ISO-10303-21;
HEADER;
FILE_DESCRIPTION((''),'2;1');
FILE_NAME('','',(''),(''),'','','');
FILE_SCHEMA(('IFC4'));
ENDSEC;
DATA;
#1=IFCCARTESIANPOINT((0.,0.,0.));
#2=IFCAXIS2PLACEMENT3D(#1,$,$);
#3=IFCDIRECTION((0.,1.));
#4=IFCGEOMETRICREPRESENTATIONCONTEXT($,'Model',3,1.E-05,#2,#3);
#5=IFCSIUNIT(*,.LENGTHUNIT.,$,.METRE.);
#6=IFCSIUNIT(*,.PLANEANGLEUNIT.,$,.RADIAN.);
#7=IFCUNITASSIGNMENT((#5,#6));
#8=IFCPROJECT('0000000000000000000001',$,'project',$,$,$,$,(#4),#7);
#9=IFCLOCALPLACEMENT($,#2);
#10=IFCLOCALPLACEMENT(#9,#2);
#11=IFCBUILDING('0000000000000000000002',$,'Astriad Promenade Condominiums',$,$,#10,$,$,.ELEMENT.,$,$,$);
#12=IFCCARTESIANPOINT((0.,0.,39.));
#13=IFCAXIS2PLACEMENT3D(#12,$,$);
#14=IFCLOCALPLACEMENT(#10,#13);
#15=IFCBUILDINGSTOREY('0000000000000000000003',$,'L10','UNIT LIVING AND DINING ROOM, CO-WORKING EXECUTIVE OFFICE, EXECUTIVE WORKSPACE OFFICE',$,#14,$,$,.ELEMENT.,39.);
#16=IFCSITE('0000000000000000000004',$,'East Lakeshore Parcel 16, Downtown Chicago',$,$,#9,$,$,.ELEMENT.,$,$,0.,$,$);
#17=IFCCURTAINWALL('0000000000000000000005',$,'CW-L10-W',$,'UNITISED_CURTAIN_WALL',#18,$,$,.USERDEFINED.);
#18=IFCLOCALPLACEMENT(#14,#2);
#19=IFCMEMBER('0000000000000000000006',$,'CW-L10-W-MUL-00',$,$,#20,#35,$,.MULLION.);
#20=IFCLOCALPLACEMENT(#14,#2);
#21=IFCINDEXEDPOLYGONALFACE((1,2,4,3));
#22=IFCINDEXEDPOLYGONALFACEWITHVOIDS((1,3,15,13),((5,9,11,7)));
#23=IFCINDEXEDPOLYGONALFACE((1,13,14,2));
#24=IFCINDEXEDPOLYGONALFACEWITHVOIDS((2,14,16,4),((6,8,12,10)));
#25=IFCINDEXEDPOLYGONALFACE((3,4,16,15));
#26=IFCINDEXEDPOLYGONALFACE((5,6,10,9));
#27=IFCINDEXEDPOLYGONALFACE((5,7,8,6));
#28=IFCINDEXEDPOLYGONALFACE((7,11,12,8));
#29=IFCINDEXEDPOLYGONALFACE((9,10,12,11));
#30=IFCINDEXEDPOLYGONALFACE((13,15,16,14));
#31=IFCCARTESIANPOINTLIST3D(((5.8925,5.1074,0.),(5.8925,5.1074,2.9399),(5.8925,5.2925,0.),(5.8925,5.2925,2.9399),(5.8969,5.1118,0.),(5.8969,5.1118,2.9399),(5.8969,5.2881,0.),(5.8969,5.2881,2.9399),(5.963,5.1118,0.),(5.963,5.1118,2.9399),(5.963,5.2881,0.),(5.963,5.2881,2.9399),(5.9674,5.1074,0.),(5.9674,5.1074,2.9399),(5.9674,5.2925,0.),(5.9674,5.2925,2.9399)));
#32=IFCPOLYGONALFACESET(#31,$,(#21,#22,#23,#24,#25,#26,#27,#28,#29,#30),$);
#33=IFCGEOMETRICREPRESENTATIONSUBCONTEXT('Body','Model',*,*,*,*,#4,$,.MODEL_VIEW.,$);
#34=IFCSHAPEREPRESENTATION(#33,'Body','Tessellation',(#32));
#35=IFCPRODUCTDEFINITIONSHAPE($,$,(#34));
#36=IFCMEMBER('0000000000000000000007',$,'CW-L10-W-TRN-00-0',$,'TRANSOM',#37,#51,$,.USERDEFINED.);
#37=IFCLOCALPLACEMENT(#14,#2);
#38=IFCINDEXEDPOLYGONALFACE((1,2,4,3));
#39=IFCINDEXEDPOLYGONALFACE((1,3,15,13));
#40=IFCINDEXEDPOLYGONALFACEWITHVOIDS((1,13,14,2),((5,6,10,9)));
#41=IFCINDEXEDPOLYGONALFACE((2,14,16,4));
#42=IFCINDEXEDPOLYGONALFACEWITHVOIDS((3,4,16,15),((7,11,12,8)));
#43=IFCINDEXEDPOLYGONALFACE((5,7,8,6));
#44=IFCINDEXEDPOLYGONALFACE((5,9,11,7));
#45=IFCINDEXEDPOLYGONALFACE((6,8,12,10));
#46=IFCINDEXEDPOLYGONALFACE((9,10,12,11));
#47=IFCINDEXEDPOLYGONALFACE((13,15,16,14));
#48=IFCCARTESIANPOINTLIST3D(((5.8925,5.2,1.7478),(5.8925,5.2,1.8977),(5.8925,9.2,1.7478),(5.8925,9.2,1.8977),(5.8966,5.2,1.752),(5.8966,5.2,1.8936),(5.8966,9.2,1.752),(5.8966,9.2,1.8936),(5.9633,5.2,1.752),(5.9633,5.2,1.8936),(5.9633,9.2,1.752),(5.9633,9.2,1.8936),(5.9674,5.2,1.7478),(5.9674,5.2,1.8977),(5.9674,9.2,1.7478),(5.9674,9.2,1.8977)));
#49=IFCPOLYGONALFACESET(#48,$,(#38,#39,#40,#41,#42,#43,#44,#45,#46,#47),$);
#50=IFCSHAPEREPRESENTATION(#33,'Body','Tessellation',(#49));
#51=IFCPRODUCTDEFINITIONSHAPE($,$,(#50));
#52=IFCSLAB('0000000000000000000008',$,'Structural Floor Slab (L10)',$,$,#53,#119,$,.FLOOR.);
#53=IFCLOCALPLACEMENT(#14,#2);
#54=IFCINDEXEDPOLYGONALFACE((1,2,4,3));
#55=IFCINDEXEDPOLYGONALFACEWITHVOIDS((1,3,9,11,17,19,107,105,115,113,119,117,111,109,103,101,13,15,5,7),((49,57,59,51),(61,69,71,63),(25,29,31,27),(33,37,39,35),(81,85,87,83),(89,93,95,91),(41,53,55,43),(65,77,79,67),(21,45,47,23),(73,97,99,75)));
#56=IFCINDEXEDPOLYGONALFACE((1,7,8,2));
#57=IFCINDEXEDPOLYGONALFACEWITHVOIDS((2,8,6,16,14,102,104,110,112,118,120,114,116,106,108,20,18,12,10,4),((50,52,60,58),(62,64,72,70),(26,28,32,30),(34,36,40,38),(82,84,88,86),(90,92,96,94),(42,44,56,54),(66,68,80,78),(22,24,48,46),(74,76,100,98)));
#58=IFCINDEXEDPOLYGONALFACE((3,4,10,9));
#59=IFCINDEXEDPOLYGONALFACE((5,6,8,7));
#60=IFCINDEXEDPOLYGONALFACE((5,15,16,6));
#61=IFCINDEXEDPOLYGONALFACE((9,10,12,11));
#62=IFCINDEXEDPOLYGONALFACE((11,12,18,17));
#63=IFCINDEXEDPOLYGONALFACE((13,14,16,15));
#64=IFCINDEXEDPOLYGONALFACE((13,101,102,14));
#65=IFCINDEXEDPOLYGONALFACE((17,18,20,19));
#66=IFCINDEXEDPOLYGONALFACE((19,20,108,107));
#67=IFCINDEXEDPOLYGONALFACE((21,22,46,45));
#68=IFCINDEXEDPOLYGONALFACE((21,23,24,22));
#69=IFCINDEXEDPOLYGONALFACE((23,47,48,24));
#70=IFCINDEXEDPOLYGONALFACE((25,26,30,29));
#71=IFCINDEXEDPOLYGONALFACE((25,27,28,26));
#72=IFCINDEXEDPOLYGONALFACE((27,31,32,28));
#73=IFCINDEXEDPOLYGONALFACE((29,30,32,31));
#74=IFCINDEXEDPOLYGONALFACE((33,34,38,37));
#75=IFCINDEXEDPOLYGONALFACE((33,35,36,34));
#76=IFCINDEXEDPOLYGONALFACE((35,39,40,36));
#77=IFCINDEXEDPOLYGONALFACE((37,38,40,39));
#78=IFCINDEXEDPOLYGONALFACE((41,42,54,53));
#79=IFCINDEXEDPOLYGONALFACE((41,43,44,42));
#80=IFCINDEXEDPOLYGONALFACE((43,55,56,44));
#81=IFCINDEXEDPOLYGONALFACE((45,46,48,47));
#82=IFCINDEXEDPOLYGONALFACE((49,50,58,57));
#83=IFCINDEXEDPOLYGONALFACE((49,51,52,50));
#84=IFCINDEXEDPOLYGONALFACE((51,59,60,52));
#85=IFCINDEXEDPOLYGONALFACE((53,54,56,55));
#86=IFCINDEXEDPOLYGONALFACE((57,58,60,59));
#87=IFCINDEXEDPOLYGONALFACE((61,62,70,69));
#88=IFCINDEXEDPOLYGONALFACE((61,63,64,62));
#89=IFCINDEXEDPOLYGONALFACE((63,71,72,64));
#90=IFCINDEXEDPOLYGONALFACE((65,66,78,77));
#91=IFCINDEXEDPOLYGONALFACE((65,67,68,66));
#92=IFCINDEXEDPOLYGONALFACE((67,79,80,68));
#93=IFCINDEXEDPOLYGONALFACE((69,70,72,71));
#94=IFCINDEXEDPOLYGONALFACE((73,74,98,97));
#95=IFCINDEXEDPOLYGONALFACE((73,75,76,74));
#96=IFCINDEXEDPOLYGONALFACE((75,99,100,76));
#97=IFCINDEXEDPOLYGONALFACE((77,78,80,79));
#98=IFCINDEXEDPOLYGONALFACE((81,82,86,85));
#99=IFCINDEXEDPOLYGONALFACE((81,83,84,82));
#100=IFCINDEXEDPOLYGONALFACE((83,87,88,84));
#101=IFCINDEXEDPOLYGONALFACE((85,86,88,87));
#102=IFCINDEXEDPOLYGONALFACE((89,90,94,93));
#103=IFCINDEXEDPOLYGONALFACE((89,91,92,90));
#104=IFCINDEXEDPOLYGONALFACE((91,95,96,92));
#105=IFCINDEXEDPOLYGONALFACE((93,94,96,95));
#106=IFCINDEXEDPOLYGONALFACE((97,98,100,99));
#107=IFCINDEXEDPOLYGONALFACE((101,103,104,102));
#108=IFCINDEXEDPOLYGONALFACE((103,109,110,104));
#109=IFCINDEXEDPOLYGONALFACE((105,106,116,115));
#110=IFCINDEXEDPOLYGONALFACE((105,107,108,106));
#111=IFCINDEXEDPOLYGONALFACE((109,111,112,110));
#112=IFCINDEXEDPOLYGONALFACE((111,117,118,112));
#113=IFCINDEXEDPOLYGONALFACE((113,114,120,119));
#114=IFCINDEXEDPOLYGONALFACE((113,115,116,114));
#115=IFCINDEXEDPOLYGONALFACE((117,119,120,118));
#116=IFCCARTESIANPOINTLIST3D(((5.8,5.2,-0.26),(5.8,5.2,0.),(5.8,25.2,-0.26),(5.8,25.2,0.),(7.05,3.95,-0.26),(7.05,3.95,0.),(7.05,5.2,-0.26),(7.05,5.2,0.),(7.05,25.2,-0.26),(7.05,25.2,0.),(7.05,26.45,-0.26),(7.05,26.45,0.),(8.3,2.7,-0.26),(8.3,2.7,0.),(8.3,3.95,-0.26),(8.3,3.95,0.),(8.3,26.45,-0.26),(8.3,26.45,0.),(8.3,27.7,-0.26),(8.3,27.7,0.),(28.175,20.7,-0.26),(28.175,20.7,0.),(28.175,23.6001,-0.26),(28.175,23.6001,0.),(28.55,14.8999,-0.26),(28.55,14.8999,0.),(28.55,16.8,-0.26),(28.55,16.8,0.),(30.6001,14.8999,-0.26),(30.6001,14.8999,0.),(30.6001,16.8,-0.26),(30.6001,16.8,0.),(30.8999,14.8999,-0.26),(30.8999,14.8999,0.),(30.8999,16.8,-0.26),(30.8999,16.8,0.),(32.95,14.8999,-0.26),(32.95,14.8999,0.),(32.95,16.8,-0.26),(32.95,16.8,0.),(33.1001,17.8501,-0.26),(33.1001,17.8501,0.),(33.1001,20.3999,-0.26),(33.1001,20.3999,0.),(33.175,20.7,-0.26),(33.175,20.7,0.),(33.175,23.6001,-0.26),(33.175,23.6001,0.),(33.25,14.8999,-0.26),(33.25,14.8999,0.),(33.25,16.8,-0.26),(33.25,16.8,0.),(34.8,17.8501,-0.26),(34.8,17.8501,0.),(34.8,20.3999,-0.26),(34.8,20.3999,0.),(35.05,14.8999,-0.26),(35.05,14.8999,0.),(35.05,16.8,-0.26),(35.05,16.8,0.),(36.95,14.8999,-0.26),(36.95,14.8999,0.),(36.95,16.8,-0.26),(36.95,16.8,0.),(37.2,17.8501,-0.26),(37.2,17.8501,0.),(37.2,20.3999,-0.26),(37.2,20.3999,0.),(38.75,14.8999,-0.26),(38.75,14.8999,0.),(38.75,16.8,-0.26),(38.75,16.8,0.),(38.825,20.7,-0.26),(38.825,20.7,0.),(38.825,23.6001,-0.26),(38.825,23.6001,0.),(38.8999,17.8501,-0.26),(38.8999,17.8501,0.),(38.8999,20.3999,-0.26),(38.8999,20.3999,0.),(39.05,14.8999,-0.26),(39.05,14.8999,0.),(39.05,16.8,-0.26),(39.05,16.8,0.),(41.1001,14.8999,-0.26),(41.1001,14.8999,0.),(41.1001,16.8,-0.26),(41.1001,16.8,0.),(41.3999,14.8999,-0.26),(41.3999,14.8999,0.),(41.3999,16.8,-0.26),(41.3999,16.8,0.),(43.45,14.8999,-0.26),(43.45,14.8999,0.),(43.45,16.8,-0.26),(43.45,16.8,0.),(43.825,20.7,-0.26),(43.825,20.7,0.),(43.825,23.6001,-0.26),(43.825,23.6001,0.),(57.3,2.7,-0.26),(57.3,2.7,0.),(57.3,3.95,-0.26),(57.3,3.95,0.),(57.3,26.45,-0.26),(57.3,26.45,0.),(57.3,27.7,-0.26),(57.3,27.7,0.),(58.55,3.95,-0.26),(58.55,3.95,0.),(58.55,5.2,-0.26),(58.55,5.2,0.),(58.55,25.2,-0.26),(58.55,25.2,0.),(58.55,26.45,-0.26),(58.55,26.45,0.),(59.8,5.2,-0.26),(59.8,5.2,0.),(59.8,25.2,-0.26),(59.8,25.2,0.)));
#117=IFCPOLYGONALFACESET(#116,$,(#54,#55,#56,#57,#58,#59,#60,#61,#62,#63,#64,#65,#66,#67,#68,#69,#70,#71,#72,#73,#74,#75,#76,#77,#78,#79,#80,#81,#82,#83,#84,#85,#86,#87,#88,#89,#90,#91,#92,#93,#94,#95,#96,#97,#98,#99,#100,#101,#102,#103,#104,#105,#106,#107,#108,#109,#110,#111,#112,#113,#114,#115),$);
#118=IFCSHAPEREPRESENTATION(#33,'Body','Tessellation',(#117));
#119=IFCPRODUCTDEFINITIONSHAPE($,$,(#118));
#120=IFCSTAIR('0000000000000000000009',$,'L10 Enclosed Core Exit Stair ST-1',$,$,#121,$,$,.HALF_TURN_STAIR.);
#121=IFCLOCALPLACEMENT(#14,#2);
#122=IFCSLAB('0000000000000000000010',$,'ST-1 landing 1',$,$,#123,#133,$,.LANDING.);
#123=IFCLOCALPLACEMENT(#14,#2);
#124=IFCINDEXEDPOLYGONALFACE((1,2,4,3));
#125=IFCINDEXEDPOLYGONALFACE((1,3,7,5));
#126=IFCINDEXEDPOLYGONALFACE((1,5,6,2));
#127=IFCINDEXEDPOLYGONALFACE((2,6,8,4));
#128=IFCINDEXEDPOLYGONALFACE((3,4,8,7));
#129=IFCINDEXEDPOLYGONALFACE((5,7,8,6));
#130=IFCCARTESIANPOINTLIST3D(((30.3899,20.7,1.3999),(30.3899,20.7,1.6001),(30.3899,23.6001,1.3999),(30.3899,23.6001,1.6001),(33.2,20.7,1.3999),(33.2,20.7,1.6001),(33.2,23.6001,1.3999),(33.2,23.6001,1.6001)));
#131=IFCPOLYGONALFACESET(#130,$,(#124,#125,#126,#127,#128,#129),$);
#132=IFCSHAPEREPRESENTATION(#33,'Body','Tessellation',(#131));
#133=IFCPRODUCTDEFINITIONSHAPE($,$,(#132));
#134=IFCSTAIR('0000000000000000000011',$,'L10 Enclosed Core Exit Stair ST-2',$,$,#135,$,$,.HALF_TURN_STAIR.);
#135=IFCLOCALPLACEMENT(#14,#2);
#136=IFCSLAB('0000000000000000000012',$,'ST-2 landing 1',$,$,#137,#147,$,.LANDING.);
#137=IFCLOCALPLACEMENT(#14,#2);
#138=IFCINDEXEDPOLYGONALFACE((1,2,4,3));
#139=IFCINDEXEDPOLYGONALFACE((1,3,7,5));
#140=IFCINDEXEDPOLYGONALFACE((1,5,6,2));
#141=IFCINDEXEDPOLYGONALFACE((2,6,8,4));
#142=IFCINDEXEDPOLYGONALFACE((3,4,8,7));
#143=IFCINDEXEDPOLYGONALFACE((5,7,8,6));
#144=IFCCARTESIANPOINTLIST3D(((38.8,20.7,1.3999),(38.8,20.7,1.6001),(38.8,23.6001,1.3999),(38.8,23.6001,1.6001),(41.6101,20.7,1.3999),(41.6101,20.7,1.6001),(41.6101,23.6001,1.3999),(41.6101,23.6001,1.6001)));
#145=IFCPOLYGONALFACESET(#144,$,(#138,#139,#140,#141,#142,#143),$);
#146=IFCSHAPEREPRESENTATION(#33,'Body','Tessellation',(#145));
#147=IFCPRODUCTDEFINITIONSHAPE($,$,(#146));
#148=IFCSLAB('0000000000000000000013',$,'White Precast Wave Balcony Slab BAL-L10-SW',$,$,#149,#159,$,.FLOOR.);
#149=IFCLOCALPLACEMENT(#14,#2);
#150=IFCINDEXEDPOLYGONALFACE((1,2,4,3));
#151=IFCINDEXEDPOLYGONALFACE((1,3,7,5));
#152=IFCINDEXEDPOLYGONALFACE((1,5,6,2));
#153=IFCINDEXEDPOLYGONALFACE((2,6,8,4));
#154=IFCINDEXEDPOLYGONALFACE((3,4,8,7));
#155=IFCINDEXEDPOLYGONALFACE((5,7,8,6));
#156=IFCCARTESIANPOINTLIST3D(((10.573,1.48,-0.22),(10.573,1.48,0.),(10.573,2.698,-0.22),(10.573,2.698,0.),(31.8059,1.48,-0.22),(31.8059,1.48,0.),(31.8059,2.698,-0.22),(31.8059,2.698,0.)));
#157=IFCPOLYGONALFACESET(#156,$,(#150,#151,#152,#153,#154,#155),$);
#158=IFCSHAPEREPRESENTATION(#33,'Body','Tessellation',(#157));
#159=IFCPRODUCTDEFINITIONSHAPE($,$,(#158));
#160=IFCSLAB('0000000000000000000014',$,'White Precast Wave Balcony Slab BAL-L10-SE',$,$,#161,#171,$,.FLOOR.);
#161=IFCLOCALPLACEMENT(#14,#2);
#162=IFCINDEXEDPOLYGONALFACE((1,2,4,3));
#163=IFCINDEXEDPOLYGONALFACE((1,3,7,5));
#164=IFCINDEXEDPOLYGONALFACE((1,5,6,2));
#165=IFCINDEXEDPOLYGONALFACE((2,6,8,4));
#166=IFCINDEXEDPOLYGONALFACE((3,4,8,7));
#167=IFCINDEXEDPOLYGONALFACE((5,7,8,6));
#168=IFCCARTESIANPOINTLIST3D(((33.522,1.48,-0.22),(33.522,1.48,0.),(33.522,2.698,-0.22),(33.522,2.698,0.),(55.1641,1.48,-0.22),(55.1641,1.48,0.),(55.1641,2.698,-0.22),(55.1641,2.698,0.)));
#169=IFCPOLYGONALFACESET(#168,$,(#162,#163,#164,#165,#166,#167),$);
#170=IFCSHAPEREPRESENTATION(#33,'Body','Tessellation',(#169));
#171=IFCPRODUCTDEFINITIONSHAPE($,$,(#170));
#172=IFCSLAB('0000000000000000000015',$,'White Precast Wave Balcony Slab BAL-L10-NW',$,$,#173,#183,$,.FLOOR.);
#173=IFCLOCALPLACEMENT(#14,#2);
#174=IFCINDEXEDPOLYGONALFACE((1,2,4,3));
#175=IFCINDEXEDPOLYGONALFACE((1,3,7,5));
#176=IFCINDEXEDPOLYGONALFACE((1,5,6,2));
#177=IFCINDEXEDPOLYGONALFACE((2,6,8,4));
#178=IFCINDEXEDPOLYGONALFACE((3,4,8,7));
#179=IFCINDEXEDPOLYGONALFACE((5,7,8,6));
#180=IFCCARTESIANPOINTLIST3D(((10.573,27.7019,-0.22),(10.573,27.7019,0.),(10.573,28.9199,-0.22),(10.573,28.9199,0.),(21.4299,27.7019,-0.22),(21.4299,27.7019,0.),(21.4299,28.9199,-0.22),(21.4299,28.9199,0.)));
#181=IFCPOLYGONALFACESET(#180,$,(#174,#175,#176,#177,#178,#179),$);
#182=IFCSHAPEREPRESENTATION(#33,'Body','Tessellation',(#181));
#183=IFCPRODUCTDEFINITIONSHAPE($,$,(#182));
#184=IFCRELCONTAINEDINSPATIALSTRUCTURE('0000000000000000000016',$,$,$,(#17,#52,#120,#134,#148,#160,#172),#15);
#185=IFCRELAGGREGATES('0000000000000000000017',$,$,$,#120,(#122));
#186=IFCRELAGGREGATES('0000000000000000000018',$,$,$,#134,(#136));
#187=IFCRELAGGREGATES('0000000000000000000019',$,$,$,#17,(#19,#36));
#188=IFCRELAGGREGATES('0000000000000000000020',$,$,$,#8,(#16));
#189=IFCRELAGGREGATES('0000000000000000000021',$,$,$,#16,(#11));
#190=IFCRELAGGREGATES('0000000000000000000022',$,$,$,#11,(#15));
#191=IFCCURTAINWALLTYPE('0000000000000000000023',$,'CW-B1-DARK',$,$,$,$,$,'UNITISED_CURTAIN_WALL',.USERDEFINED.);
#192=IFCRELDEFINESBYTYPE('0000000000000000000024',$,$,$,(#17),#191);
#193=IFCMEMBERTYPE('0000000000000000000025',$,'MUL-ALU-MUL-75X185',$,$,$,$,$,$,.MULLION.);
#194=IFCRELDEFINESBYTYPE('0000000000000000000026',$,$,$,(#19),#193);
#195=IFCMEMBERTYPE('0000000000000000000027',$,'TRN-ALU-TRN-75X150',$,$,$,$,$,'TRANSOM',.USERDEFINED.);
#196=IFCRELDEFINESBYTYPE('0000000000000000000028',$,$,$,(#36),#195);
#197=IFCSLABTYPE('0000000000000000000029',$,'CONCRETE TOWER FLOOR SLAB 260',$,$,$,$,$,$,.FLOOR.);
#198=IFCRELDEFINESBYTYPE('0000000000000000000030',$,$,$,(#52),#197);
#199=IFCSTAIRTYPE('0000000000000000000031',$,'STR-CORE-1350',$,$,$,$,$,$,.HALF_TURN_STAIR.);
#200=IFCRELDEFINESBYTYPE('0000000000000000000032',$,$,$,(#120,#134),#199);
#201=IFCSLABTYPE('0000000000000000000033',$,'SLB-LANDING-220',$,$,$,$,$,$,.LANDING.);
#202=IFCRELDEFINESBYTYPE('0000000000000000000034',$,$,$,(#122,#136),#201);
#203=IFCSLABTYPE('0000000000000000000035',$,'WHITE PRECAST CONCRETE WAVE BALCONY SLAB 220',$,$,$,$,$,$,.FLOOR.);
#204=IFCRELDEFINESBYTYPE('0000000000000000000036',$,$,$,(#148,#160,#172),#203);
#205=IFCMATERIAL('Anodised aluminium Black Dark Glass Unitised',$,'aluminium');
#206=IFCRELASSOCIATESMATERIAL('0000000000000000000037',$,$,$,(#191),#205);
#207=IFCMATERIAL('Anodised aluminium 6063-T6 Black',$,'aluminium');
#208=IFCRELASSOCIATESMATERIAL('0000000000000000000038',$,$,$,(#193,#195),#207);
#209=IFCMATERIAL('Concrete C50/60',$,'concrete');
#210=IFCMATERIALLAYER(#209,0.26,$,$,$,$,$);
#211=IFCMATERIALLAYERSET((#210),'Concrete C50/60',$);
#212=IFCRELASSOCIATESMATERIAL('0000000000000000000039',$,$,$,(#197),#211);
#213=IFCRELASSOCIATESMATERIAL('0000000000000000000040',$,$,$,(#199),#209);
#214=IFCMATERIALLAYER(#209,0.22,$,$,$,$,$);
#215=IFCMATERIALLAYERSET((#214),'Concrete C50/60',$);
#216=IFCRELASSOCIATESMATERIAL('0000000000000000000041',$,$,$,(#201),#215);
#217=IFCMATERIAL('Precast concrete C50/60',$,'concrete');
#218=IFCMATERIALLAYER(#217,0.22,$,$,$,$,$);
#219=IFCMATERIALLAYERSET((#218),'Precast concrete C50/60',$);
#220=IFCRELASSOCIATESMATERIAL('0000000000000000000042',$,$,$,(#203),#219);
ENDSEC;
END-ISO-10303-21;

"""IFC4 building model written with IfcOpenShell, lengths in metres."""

from ifc_helpers import new_model, si_unit, direction, frame, origin, origin_2d, place, context, subcontext, project, spatial, polyline, hollow_rectangle, outline, extrude, source, transform, mapped, material, layer, layer_set, material_profile, profile_set, type_object, type_shapes, element, aggregate, save


model = new_model("IFC4")

# Units and contexts
model_context = context("Model", 3, precision=1e-05, world=origin(), true_north=direction((0.0, 1.0)))
body_context = subcontext(model_context, "Body", "Model", "MODEL_VIEW")
ifc_project = project(units=[si_unit("LENGTHUNIT", "METRE"), si_unit("PLANEANGLEUNIT", "RADIAN")], contexts=[model_context])

# Site, building, storey
site_placement = place(None, origin())
site = spatial("IfcSite", under=ifc_project, at=site_placement, Name="East Lakeshore Parcel 16, Downtown Chicago", CompositionType="ELEMENT", RefElevation=0.0)
building_placement = place(site_placement, origin())
building = spatial("IfcBuilding", under=site, at=building_placement, Name="Astriad Promenade Condominiums", CompositionType="ELEMENT")
storey_placement = place(building_placement, frame((0.0, 0.0, 39.0)))
storey = spatial("IfcBuildingStorey", under=building, at=storey_placement, Name="L10", Description="UNIT LIVING AND DINING ROOM, CO-WORKING EXECUTIVE OFFICE, EXECUTIVE WORKSPACE OFFICE", CompositionType="ELEMENT", Elevation=39.0)

# Curtain wall, members
ifc_material_1 = material(Name="Anodised aluminium Black Dark Glass Unitised", Category="aluminium")
curtain_wall_type = type_object("IfcCurtainWallType", Name="CW-B1-DARK", ElementType="UNITISED_CURTAIN_WALL", PredefinedType="USERDEFINED", material=ifc_material_1)
curtain_wall_placement = place(storey_placement, origin())
curtain_wall = element("IfcCurtainWall", 1, at=curtain_wall_placement, inside=storey, type_object=curtain_wall_type, Name="CW-L10-W", ObjectType="UNITISED_CURTAIN_WALL", PredefinedType="USERDEFINED")
ifc_material_2 = material(Name="Anodised aluminium 6063-T6 Black", Category="aluminium")
ifc_material_profile_1 = material_profile(ifc_material_2, hollow_rectangle(XDim=0.075, YDim=0.1851, WallThickness=0.0044, at=origin_2d()), Name="ALU-MUL-75X185")
ifc_profile_set_1 = profile_set([ifc_material_profile_1], Name="Anodised aluminium 6063-T6 Black")
member_type_1 = type_object("IfcMemberType", Name="MUL-ALU-MUL-75X185", PredefinedType="MULLION", material=ifc_profile_set_1)
shared_shape_1 = source(origin(), body_context, "Body", "SweptSolid", [
    extrude(hollow_rectangle(XDim=0.075, YDim=0.1851, WallThickness=0.0044, at=origin_2d()), origin(), (0.0, 0.0, 1.0), 2.9399),
])
type_shapes(member_type_1, [shared_shape_1])
member_1_placement = place(storey_placement, frame((5.9299, 5.2, 0.0), z_axis=(0.0, 0.0, 1.0), x_axis=(1.0, 0.0, 0.0)))
member_1 = element("IfcMember", 2, at=member_1_placement, type_object=member_type_1, Name="CW-L10-W-MUL-00", PredefinedType="MULLION", context=body_context, shape_type="MappedRepresentation", body=[
    mapped(shared_shape_1, transform((0.0, 0.0, 0.0), scale=1.0)),
])
ifc_material_profile_2 = material_profile(ifc_material_2, hollow_rectangle(XDim=0.075, YDim=0.1499, WallThickness=0.0042, at=origin_2d()), Name="ALU-TRN-75X150")
ifc_profile_set_2 = profile_set([ifc_material_profile_2], Name="Anodised aluminium 6063-T6 Black")
member_type_2 = type_object("IfcMemberType", Name="TRN-ALU-TRN-75X150", ElementType="TRANSOM", PredefinedType="USERDEFINED", material=ifc_profile_set_2)
shared_shape_2 = source(origin(), body_context, "Body", "SweptSolid", [
    extrude(hollow_rectangle(XDim=0.075, YDim=0.1499, WallThickness=0.0042, at=origin_2d()), origin(), (0.0, 0.0, 1.0), 4.0),
])
type_shapes(member_type_2, [shared_shape_2])
member_2_placement = place(storey_placement, frame((5.9299, 5.2, 1.8228), z_axis=(0.0, 1.0, 0.0), x_axis=(-1.0, 0.0, 0.0)))
member_2 = element("IfcMember", 3, at=member_2_placement, type_object=member_type_2, Name="CW-L10-W-TRN-00-0", ObjectType="TRANSOM", PredefinedType="USERDEFINED", context=body_context, shape_type="MappedRepresentation", body=[
    mapped(shared_shape_2, transform((0.0, 0.0, 0.0), scale=1.0)),
])

# Slab
ifc_material_3 = material(Name="Concrete C50/60", Category="concrete")
ifc_layer_1 = layer(ifc_material_3, 0.26)
ifc_layer_set_1 = layer_set([ifc_layer_1], Name="Concrete C50/60")
slab_type_1 = type_object("IfcSlabType", Name="CONCRETE TOWER FLOOR SLAB 260", PredefinedType="FLOOR", material=ifc_layer_set_1)
slab_1_placement = place(storey_placement, frame((0.0, 0.0, -0.26)))
element("IfcSlab", 4, at=slab_1_placement, inside=storey, type_object=slab_type_1, Name="Structural Floor Slab (L10)", PredefinedType="FLOOR", context=body_context, shape_type="SweptSolid", body=[
    extrude(outline(polyline([(8.3, 2.7), (57.3, 2.7), (57.3, 3.95), (58.55, 3.95), (58.55, 5.2), (59.8, 5.2), (59.8, 25.2), (58.55, 25.2), (58.55, 26.45), (57.3, 26.45), (57.3, 27.7), (8.3, 27.7), (8.3, 26.45), (7.05, 26.45), (7.05, 25.2), (5.8, 25.2), (5.8, 5.2), (7.05, 5.2), (7.05, 3.95), (8.3, 3.95), (8.3, 2.7)]), holes=[polyline([(28.175, 20.7), (33.175, 20.7), (33.175, 23.6001), (28.175, 23.6001), (28.175, 20.7)]), polyline([(38.825, 20.7), (43.825, 20.7), (43.825, 23.6001), (38.825, 23.6001), (38.825, 20.7)]), polyline([(33.1001, 17.8501), (34.8, 17.8501), (34.8, 20.3999), (33.1001, 20.3999), (33.1001, 17.8501)]), polyline([(37.2, 17.8501), (38.8999, 17.8501), (38.8999, 20.3999), (37.2, 20.3999), (37.2, 17.8501)]), polyline([(28.55, 14.8999), (30.6001, 14.8999), (30.6001, 16.8), (28.55, 16.8), (28.55, 14.8999)]), polyline([(30.8999, 14.8999), (32.95, 14.8999), (32.95, 16.8), (30.8999, 16.8), (30.8999, 14.8999)]), polyline([(33.25, 14.8999), (35.05, 14.8999), (35.05, 16.8), (33.25, 16.8), (33.25, 14.8999)]), polyline([(36.95, 14.8999), (38.75, 14.8999), (38.75, 16.8), (36.95, 16.8), (36.95, 14.8999)]), polyline([(39.05, 14.8999), (41.1001, 14.8999), (41.1001, 16.8), (39.05, 16.8), (39.05, 14.8999)]), polyline([(41.3999, 14.8999), (43.45, 14.8999), (43.45, 16.8), (41.3999, 16.8), (41.3999, 14.8999)])]), origin(), (0.0, 0.0, 1.0), 0.26),
])

# Stairs, slabs
stair_type = type_object("IfcStairType", Name="STR-CORE-1350", PredefinedType="HALF_TURN_STAIR", material=ifc_material_3)
stair_1_placement = place(storey_placement, origin())
stair_1 = element("IfcStair", 5, at=stair_1_placement, inside=storey, type_object=stair_type, Name="L10 Enclosed Core Exit Stair ST-1", PredefinedType="HALF_TURN_STAIR")
ifc_layer_2 = layer(ifc_material_3, 0.22)
ifc_layer_set_2 = layer_set([ifc_layer_2], Name="Concrete C50/60")
slab_type_2 = type_object("IfcSlabType", Name="SLB-LANDING-220", PredefinedType="LANDING", material=ifc_layer_set_2)
slab_2_placement = place(storey_placement, frame((0.0, 0.0, 1.3999)))
slab_2 = element("IfcSlab", 6, at=slab_2_placement, type_object=slab_type_2, Name="ST-1 landing 1", PredefinedType="LANDING", context=body_context, shape_type="SweptSolid", body=[
    extrude(outline(polyline([(30.3899, 20.7), (33.2, 20.7), (33.2, 23.6001), (30.3899, 23.6001), (30.3899, 20.7)])), origin(), (0.0, 0.0, 1.0), 0.2002),
])
aggregate(stair_1, [slab_2])
stair_2_placement = place(storey_placement, origin())
stair_2 = element("IfcStair", 7, at=stair_2_placement, inside=storey, type_object=stair_type, Name="L10 Enclosed Core Exit Stair ST-2", PredefinedType="HALF_TURN_STAIR")
slab_3_placement = place(storey_placement, frame((0.0, 0.0, 1.3999)))
slab_3 = element("IfcSlab", 8, at=slab_3_placement, type_object=slab_type_2, Name="ST-2 landing 1", PredefinedType="LANDING", context=body_context, shape_type="SweptSolid", body=[
    extrude(outline(polyline([(41.6101, 23.6001), (38.8, 23.6001), (38.8, 20.7), (41.6101, 20.7), (41.6101, 23.6001)])), origin(), (0.0, 0.0, 1.0), 0.2002),
])
aggregate(stair_2, [slab_3])

# Slabs
ifc_material_4 = material(Name="Precast concrete C50/60", Category="concrete")
ifc_layer_3 = layer(ifc_material_4, 0.22)
ifc_layer_set_3 = layer_set([ifc_layer_3], Name="Precast concrete C50/60")
slab_type_3 = type_object("IfcSlabType", Name="WHITE PRECAST CONCRETE WAVE BALCONY SLAB 220", PredefinedType="FLOOR", material=ifc_layer_set_3)
slab_4_placement = place(storey_placement, frame((0.0, 0.0, -0.22)))
element("IfcSlab", 9, at=slab_4_placement, inside=storey, type_object=slab_type_3, Name="White Precast Wave Balcony Slab BAL-L10-SW", PredefinedType="FLOOR", context=body_context, shape_type="SweptSolid", body=[
    extrude(outline(polyline([(31.8059, 1.48), (10.573, 1.48), (10.573, 2.698), (31.8059, 2.698), (31.8059, 1.48)])), origin(), (0.0, 0.0, 1.0), 0.22),
])
slab_5_placement = place(storey_placement, frame((0.0, 0.0, -0.22)))
element("IfcSlab", 10, at=slab_5_placement, inside=storey, type_object=slab_type_3, Name="White Precast Wave Balcony Slab BAL-L10-SE", PredefinedType="FLOOR", context=body_context, shape_type="SweptSolid", body=[
    extrude(outline(polyline([(55.1641, 1.48), (33.522, 1.48), (33.522, 2.698), (55.1641, 2.698), (55.1641, 1.48)])), origin(), (0.0, 0.0, 1.0), 0.22),
])
slab_6_placement = place(storey_placement, frame((0.0, 0.0, -0.22)))
element("IfcSlab", 11, at=slab_6_placement, inside=storey, type_object=slab_type_3, Name="White Precast Wave Balcony Slab BAL-L10-NW", PredefinedType="FLOOR", context=body_context, shape_type="SweptSolid", body=[
    extrude(outline(polyline([(10.573, 28.9199), (21.4299, 28.9199), (21.4299, 27.7019), (10.573, 27.7019), (10.573, 28.9199)])), origin(), (0.0, 0.0, 1.0), 0.22),
])

aggregate(curtain_wall, [member_1, member_2])

save(model, "model.ifc")
